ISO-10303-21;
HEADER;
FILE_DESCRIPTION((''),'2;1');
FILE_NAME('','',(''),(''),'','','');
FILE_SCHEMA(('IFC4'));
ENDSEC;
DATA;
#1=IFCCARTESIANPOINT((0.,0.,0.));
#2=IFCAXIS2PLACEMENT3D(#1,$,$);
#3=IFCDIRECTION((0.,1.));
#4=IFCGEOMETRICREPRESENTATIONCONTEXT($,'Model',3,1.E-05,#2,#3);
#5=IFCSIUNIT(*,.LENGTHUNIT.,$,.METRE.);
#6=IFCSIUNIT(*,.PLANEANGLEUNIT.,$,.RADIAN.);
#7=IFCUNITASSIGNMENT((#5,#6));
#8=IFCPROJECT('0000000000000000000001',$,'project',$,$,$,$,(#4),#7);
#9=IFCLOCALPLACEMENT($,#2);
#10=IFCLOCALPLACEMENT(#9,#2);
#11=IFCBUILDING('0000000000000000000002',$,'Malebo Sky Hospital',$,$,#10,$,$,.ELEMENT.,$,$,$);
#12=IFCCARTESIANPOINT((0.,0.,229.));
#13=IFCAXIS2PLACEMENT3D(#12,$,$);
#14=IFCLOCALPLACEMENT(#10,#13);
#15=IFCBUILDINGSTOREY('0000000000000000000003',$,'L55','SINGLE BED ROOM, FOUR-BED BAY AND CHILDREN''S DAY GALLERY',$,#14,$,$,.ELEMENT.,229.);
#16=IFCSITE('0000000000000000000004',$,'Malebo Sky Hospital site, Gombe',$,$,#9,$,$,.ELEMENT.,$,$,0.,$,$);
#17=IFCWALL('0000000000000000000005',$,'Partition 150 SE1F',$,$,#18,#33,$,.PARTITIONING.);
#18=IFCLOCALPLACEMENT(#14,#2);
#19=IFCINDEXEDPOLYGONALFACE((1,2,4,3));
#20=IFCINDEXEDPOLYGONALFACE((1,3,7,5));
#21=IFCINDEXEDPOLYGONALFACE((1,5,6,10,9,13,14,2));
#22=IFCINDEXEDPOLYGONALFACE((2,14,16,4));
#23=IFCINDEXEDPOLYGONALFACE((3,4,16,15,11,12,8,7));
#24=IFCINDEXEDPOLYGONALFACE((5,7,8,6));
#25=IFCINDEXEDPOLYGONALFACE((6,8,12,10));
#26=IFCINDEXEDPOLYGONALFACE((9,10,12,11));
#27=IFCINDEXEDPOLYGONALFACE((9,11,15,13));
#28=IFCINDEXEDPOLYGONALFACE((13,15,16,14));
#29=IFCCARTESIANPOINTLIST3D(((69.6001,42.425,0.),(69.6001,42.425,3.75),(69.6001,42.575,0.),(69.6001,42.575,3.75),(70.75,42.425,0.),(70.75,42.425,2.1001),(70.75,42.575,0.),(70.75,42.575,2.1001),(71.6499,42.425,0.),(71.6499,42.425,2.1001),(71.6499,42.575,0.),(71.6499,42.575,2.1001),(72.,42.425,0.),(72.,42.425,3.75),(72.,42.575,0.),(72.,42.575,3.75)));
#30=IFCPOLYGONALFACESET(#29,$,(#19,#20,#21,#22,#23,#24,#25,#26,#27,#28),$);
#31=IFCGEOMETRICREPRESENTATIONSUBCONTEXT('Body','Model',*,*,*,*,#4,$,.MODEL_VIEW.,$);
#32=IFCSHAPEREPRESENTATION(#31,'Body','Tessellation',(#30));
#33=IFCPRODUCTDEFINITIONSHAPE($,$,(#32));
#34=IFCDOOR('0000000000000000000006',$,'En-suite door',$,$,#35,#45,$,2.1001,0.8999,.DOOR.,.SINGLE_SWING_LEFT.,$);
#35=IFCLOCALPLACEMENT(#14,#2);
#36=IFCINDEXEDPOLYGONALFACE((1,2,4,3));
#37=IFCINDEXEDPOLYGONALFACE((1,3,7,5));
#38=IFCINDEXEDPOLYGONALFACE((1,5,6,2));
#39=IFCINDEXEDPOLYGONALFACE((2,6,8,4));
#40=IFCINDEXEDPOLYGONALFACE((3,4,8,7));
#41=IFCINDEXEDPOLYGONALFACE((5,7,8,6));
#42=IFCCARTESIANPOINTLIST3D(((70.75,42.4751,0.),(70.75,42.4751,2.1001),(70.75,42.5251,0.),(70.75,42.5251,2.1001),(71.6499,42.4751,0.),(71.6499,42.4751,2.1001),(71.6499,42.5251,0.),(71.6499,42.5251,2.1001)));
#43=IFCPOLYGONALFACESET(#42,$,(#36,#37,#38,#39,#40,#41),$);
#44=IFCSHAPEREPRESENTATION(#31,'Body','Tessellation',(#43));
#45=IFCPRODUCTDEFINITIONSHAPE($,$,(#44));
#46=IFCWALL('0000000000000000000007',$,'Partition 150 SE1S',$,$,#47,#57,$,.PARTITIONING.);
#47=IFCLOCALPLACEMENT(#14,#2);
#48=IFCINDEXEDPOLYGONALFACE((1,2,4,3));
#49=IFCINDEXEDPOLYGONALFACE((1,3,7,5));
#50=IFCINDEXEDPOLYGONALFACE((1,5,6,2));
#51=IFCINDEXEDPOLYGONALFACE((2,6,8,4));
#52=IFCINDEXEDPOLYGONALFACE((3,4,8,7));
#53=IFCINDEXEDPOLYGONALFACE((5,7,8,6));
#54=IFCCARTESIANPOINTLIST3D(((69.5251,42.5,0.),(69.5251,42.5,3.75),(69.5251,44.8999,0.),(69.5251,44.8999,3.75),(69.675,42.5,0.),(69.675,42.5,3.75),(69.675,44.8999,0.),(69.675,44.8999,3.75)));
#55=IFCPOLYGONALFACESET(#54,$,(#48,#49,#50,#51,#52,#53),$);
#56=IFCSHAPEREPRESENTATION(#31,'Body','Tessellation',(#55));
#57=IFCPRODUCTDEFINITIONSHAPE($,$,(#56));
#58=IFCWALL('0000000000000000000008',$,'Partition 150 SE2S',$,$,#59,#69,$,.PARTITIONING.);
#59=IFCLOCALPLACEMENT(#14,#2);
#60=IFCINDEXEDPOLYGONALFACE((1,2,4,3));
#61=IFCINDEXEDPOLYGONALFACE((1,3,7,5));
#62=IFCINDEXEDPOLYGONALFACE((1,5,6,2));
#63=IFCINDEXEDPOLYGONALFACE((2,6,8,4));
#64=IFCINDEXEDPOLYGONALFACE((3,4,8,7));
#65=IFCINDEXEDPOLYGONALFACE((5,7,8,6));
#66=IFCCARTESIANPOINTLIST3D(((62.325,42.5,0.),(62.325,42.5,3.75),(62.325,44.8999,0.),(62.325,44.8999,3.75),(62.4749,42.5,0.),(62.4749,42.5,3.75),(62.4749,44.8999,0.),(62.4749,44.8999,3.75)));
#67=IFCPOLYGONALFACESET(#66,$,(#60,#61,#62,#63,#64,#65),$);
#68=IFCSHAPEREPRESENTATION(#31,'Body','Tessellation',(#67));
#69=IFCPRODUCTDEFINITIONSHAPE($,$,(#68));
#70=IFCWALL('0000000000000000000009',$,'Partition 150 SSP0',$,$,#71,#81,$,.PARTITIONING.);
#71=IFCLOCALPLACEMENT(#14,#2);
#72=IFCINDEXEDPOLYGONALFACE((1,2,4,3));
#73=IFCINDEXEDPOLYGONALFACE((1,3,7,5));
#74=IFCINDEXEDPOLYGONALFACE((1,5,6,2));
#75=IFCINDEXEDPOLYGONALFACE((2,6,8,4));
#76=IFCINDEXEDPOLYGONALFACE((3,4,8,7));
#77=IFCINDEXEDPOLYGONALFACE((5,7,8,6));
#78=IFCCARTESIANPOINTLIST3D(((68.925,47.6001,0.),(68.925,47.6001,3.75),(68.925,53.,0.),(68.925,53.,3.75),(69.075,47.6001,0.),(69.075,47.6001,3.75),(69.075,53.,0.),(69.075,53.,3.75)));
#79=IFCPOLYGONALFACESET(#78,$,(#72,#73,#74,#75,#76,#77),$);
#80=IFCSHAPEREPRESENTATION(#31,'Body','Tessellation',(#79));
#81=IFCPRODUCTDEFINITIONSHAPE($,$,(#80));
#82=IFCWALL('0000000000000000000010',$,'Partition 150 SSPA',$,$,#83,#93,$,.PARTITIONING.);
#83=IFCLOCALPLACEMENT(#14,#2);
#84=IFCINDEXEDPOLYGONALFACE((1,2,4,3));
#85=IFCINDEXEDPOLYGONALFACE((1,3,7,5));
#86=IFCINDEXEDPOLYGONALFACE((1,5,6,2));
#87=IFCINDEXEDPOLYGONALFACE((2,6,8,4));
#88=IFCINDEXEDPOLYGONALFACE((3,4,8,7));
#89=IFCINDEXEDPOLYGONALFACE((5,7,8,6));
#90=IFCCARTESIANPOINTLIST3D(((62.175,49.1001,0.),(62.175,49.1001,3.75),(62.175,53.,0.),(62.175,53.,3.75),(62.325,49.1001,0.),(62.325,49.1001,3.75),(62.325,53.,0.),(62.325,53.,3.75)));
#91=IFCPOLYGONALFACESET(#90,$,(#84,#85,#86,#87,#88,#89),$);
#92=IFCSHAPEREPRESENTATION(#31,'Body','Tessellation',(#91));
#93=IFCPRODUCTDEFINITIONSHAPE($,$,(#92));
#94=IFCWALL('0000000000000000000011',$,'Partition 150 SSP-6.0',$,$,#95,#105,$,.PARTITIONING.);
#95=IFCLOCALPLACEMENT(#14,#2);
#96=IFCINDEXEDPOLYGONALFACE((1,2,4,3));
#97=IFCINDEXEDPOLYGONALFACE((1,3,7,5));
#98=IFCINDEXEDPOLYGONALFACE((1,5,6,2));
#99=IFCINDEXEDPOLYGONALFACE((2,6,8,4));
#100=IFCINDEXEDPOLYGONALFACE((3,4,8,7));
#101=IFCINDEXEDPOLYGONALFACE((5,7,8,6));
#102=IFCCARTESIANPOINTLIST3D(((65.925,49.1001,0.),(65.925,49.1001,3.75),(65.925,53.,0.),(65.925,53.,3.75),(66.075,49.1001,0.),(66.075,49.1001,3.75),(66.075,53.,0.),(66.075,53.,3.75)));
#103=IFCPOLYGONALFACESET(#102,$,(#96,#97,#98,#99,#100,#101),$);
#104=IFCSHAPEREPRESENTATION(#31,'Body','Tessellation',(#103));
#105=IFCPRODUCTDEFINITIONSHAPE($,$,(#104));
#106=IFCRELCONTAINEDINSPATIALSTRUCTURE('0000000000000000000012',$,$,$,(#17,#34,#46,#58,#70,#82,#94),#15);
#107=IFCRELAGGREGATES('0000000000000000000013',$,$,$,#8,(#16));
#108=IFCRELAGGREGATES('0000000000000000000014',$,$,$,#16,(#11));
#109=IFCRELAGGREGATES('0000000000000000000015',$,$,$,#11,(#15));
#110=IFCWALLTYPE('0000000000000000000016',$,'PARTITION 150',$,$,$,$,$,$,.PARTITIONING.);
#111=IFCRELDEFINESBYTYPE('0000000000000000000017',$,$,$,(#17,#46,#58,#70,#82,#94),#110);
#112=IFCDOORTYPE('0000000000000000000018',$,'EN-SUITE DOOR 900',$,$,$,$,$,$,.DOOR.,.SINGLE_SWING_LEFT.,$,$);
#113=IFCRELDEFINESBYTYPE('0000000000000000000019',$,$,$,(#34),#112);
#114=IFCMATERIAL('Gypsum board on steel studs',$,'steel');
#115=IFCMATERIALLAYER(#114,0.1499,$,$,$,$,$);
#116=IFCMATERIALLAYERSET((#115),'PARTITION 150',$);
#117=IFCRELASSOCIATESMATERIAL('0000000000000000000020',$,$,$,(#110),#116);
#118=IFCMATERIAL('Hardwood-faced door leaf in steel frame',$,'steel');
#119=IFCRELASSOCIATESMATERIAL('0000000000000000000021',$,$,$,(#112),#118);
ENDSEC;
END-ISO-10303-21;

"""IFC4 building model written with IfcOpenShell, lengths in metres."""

from ifc_helpers import new_model, si_unit, direction, frame, frame_2d, origin, place, context, subcontext, project, spatial, rectangle, extrude, material, layer, layer_set, type_object, element, fill, save


model = new_model("IFC4")

# Units and contexts
model_context = context("Model", 3, precision=1e-05, world=origin(), true_north=direction((0.0, 1.0)))
body_context = subcontext(model_context, "Body", "Model", "MODEL_VIEW")
ifc_project = project(units=[si_unit("LENGTHUNIT", "METRE"), si_unit("PLANEANGLEUNIT", "RADIAN")], contexts=[model_context])

# Site, building, storey
site_placement = place(None, origin())
site = spatial("IfcSite", under=ifc_project, at=site_placement, Name="Malebo Sky Hospital site, Gombe", CompositionType="ELEMENT", RefElevation=0.0)
building_placement = place(site_placement, origin())
building = spatial("IfcBuilding", under=site, at=building_placement, Name="Malebo Sky Hospital", CompositionType="ELEMENT")
storey_placement = place(building_placement, frame((0.0, 0.0, 229.0)))
storey = spatial("IfcBuildingStorey", under=building, at=storey_placement, Name="L55", Description="SINGLE BED ROOM, FOUR-BED BAY AND CHILDREN'S DAY GALLERY", CompositionType="ELEMENT", Elevation=229.0)

# Shared definitions
ifc_material_1 = material(Name="Gypsum board on steel studs", Category="steel")
ifc_material_2 = material(Name="Hardwood-faced door leaf in steel frame", Category="steel")

# Shared definitions
ifc_layer_1 = layer(ifc_material_1, 0.1499)
ifc_layer_set_1 = layer_set([ifc_layer_1], Name="PARTITION 150")
wall_type_1 = type_object("IfcWallType", Name="PARTITION 150", PredefinedType="PARTITIONING", material=ifc_layer_set_1)

# Wall, opening, door
wall_1_placement = place(storey_placement, frame((72.0, 42.5, 0.0), z_axis=(0.0, 0.0, 1.0), x_axis=(-1.0, 0.0, 0.0)))
wall_1 = element("IfcWall", 1, at=wall_1_placement, inside=storey, type_object=wall_type_1, Name="Partition 150 SE1F", PredefinedType="PARTITIONING", context=body_context, shape_type="SweptSolid", body=[
    extrude(rectangle(XDim=2.3999, YDim=0.1499, at=frame_2d((1.2, 0.0))), origin(), (0.0, 0.0, 1.0), 3.75),
])
opening_1_placement = place(wall_1_placement, frame((0.3501, 0.0, 0.0)))
opening_1 = element("IfcOpeningElement", 2, at=opening_1_placement, cuts=wall_1, PredefinedType="OPENING", context=body_context, shape_type="SweptSolid", body=[
    extrude(rectangle(XDim=0.8999, YDim=2.1001, at=frame_2d((0.45, 1.05))), frame((0.0, 0.085, 0.0), z_axis=(0.0, -1.0, 0.0), x_axis=(1.0, 0.0, 0.0)), (0.0, 0.0, 1.0), 0.1699),
])
door_type_1 = type_object("IfcDoorType", Name="EN-SUITE DOOR 900", OperationType="SINGLE_SWING_LEFT", PredefinedType="DOOR", material=ifc_material_2)
door_1_placement = place(opening_1_placement, origin())
door_1 = element("IfcDoor", 3, at=door_1_placement, inside=storey, type_object=door_type_1, Name="En-suite door", OperationType="SINGLE_SWING_LEFT", OverallHeight=2.1001, OverallWidth=0.8999, PredefinedType="DOOR", context=body_context, shape_type="SweptSolid", body=[
    extrude(rectangle(XDim=0.8999, YDim=2.1001, at=frame_2d((0.45, 1.05))), frame((0.0, 0.0249, 0.0), z_axis=(0.0, -1.0, 0.0), x_axis=(1.0, 0.0, 0.0)), (0.0, 0.0, 1.0), 0.05),
])
fill(opening_1, door_1)

# Walls
for number, where, z_axis, x_axis, name in (
    (4, (69.6001, 44.8999, 0.0), (0.0, 0.0, 1.0), (0.0, -1.0, 0.0), "Partition 150 SE1S"),
    (5, (62.3999, 44.8999, 0.0), (0.0, 0.0, 1.0), (0.0, -1.0, 0.0), "Partition 150 SE2S"),
):
    element("IfcWall", number, at=place(storey_placement, frame(where, z_axis=z_axis, x_axis=x_axis)), inside=storey, type_object=wall_type_1, Name=name, PredefinedType="PARTITIONING", context=body_context, shape_type="SweptSolid", body=[
        extrude(rectangle(XDim=2.3999, YDim=0.1499, at=frame_2d((1.2, 0.0))), origin(), (0.0, 0.0, 1.0), 3.75),
    ])
wall_2_placement = place(storey_placement, frame((69.0, 53.0, 0.0), z_axis=(0.0, 0.0, 1.0), x_axis=(0.0, -1.0, 0.0)))
element("IfcWall", 6, at=wall_2_placement, inside=storey, type_object=wall_type_1, Name="Partition 150 SSP0", PredefinedType="PARTITIONING", context=body_context, shape_type="SweptSolid", body=[
    extrude(rectangle(XDim=5.3999, YDim=0.1499, at=frame_2d((2.7, 0.0))), origin(), (0.0, 0.0, 1.0), 3.75),
])
for number, where, z_axis, x_axis, name in (
    (7, (62.25, 53.0, 0.0), (0.0, 0.0, 1.0), (0.0, -1.0, 0.0), "Partition 150 SSPA"),
    (8, (66.0, 53.0, 0.0), (0.0, 0.0, 1.0), (0.0, -1.0, 0.0), "Partition 150 SSP-6.0"),
):
    element("IfcWall", number, at=place(storey_placement, frame(where, z_axis=z_axis, x_axis=x_axis)), inside=storey, type_object=wall_type_1, Name=name, PredefinedType="PARTITIONING", context=body_context, shape_type="SweptSolid", body=[
        extrude(rectangle(XDim=3.8999, YDim=0.1499, at=frame_2d((1.95, 0.0))), origin(), (0.0, 0.0, 1.0), 3.75),
    ])

save(model, "model.ifc")
